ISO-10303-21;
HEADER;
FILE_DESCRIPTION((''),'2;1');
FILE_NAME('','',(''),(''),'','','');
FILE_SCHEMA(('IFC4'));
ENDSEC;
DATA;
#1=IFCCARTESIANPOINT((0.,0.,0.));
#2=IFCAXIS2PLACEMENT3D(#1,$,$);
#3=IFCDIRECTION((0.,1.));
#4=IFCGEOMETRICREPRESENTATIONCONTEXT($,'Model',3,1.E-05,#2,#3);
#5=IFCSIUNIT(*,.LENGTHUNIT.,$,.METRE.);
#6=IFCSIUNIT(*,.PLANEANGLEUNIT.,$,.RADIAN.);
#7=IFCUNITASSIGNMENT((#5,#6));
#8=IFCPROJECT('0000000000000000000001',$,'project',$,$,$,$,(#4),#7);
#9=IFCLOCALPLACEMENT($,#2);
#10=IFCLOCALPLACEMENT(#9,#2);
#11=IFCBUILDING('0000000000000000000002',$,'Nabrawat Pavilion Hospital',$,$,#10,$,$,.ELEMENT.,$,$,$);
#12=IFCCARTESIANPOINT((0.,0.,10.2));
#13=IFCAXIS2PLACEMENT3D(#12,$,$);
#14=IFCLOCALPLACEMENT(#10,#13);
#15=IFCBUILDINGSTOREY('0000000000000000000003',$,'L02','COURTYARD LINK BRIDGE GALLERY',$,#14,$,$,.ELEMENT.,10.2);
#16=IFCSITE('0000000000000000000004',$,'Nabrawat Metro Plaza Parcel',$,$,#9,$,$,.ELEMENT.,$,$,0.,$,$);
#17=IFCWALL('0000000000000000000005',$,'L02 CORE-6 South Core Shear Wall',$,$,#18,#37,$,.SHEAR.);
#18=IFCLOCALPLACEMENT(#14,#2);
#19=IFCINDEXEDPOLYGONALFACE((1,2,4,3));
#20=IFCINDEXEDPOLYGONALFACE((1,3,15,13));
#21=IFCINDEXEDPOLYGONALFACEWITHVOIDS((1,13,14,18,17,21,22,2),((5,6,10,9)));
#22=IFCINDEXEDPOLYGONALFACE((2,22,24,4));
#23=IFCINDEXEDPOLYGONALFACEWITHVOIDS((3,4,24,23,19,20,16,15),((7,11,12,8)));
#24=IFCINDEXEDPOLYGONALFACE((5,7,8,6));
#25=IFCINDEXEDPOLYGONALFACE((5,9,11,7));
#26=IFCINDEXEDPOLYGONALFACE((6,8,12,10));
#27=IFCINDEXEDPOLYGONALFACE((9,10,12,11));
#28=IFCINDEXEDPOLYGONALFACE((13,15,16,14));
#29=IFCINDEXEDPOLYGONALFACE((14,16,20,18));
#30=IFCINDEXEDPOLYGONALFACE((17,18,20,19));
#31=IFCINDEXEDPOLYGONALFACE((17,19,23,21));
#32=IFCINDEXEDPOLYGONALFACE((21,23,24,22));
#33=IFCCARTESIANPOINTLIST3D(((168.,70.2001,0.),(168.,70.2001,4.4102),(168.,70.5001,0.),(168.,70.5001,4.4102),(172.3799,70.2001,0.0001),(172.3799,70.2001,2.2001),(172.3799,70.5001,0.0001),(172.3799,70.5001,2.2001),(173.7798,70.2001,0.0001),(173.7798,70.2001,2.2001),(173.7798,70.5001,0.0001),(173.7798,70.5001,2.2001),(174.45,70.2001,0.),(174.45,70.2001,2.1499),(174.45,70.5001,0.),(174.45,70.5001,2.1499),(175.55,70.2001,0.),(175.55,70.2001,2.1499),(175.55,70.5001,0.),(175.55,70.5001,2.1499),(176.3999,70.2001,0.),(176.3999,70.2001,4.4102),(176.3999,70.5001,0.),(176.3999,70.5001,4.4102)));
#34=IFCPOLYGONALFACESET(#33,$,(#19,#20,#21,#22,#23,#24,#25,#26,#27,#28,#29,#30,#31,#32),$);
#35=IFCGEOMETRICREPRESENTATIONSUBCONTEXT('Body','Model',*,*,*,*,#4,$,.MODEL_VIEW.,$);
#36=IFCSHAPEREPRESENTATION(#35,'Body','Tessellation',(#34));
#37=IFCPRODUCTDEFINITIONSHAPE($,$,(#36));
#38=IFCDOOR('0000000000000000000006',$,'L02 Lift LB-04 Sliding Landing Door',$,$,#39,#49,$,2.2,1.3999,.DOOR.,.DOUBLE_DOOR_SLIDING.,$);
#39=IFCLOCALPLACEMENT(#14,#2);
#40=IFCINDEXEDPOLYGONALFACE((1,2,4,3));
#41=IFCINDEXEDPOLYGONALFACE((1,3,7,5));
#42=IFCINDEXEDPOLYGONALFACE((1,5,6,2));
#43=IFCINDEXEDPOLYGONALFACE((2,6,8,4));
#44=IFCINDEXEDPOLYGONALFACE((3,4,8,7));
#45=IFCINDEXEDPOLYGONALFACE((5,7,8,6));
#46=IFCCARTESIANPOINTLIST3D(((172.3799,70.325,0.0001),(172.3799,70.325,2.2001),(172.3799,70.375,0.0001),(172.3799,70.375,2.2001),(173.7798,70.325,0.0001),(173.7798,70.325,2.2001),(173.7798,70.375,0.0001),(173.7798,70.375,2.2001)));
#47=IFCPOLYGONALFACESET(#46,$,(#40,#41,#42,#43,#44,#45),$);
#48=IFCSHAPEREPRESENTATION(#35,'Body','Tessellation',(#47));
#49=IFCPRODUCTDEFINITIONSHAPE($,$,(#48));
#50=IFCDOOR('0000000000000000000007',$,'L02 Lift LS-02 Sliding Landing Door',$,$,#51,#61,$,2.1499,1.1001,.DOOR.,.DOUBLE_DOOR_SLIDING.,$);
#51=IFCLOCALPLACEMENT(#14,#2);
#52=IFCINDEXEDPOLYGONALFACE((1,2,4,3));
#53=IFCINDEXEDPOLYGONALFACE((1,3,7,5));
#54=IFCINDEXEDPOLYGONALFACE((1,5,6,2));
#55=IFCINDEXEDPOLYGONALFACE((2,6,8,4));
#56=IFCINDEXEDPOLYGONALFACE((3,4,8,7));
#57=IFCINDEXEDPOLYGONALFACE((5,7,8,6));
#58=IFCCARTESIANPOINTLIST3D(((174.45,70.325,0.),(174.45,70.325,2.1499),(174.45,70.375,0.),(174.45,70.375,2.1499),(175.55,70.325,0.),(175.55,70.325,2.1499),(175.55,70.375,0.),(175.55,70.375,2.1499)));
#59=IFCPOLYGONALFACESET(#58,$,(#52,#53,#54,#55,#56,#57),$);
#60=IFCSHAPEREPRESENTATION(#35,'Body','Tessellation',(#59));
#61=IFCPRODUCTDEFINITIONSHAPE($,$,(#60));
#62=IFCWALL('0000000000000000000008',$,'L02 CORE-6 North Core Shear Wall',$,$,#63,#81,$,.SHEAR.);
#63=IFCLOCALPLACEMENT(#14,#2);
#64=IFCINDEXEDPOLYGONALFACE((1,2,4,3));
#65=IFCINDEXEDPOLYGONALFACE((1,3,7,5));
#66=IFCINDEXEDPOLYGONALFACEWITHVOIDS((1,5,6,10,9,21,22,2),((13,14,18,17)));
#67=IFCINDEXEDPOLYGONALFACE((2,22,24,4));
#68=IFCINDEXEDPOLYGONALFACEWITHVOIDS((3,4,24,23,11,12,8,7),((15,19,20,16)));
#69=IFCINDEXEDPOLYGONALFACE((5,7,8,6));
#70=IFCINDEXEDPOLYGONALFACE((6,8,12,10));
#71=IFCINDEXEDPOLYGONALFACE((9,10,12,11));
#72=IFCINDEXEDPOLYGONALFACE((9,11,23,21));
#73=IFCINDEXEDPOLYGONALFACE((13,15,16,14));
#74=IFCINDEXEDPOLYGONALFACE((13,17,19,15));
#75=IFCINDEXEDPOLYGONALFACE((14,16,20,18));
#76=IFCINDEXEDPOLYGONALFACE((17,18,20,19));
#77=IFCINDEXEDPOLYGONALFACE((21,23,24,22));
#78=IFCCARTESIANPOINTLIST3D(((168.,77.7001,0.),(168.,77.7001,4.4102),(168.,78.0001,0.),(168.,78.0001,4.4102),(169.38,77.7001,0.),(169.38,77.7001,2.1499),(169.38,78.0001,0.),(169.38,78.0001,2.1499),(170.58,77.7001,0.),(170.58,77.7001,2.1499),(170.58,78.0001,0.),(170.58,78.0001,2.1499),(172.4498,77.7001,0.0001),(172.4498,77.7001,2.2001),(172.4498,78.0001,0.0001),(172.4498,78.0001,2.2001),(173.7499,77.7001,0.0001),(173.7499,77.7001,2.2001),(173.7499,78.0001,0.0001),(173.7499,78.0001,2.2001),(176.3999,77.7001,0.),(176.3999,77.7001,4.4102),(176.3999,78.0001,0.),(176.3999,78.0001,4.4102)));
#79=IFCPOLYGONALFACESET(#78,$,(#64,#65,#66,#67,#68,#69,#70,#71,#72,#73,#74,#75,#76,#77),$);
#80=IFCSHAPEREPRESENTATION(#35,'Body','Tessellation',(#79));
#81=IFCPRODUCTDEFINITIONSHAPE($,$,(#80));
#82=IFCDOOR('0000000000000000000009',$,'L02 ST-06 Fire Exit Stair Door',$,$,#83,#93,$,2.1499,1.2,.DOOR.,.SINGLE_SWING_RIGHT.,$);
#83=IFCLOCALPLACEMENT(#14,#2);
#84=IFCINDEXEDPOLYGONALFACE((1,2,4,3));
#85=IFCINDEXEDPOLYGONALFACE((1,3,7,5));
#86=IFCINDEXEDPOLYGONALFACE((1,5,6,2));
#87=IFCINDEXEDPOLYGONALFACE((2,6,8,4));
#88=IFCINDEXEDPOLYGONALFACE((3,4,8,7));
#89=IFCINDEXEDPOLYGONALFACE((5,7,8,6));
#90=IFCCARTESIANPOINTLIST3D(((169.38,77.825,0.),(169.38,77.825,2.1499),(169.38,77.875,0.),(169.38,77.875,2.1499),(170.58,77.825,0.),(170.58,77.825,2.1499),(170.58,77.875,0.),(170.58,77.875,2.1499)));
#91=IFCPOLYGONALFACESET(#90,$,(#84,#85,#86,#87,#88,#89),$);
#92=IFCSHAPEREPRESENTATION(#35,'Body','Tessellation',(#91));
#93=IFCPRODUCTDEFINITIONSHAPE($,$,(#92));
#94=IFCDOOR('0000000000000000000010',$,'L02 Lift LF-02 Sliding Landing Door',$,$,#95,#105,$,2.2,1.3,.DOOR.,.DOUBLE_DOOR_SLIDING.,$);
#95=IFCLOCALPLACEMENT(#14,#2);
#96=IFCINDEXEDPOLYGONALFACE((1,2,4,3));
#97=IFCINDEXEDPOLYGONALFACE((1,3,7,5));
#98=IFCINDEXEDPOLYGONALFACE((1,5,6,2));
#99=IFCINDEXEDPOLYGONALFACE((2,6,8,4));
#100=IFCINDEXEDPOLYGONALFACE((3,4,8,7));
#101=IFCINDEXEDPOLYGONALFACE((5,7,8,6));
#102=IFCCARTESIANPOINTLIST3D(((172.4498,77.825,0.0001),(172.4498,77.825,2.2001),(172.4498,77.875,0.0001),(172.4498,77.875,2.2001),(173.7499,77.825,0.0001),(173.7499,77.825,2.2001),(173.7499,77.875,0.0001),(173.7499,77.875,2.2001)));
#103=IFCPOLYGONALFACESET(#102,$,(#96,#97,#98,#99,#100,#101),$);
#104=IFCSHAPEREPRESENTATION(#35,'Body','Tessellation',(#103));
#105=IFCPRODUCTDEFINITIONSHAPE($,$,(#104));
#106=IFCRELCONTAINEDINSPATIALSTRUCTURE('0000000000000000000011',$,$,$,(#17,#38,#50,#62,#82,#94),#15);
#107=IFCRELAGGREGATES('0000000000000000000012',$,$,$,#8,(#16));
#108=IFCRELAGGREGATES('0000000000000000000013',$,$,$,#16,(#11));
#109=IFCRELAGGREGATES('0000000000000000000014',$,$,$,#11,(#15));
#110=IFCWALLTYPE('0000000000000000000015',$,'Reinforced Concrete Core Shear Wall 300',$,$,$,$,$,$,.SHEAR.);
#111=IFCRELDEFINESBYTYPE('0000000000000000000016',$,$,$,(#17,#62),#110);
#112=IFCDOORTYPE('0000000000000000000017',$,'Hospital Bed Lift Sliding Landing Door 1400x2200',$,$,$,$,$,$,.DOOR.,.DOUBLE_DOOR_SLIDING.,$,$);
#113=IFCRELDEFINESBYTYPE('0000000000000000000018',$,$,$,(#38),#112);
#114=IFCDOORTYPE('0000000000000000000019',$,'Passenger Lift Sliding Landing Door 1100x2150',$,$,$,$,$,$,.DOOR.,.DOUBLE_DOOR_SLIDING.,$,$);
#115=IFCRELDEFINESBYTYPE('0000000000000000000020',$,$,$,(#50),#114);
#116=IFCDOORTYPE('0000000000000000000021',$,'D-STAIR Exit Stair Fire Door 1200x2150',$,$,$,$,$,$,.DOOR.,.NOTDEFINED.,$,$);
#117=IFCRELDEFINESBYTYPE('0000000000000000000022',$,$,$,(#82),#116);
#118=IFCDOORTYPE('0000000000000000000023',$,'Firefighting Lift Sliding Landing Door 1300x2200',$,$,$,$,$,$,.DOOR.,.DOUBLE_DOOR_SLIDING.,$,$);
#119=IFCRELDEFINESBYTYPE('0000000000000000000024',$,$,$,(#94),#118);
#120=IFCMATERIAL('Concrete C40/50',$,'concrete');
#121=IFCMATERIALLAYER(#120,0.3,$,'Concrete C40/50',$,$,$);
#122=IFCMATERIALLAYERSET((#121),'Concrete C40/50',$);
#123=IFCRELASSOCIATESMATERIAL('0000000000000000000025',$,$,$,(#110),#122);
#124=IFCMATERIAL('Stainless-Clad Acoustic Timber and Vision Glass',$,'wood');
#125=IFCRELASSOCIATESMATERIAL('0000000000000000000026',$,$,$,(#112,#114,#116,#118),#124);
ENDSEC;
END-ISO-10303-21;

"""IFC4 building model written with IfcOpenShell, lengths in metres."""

from ifc_helpers import new_model, si_unit, direction, frame, frame_2d, origin, place, context, subcontext, project, spatial, rectangle, extrude, material, layer, layer_set, type_object, element, fill, save


model = new_model("IFC4")

# Units and contexts
model_context = context("Model", 3, precision=1e-05, world=origin(), true_north=direction((0.0, 1.0)))
body_context = subcontext(model_context, "Body", "Model", "MODEL_VIEW")
ifc_project = project(units=[si_unit("LENGTHUNIT", "METRE"), si_unit("PLANEANGLEUNIT", "RADIAN")], contexts=[model_context])

# Site, building, storey
site_placement = place(None, origin())
site = spatial("IfcSite", under=ifc_project, at=site_placement, Name="Nabrawat Metro Plaza Parcel", CompositionType="ELEMENT", RefElevation=0.0)
building_placement = place(site_placement, origin())
building = spatial("IfcBuilding", under=site, at=building_placement, Name="Nabrawat Pavilion Hospital", CompositionType="ELEMENT")
storey_placement = place(building_placement, frame((0.0, 0.0, 10.2)))
storey = spatial("IfcBuildingStorey", under=building, at=storey_placement, Name="L02", Description="COURTYARD LINK BRIDGE GALLERY", CompositionType="ELEMENT", Elevation=10.2)

# Shared definitions
ifc_material_1 = material(Name="Concrete C40/50", Category="concrete")

# Shared definitions
ifc_material_2 = material(Name="Stainless-Clad Acoustic Timber and Vision Glass", Category="wood")

# Walls, openings, doors
ifc_layer_1 = layer(ifc_material_1, 0.3, Name="Concrete C40/50")
ifc_layer_set_1 = layer_set([ifc_layer_1], Name="Concrete C40/50")
wall_type_1 = type_object("IfcWallType", Name="Reinforced Concrete Core Shear Wall 300", PredefinedType="SHEAR", material=ifc_layer_set_1)
wall_1_placement = place(storey_placement, frame((168.0, 70.3501, 0.0), z_axis=(0.0, 0.0, 1.0), x_axis=(1.0, 0.0, 0.0)))
wall_1 = element("IfcWall", 1, at=wall_1_placement, inside=storey, type_object=wall_type_1, Name="L02 CORE-6 South Core Shear Wall", PredefinedType="SHEAR", context=body_context, shape_type="SweptSolid", body=[
    extrude(rectangle(XDim=8.3999, YDim=0.3, at=frame_2d((4.2, 0.0))), origin(), (0.0, 0.0, 1.0), 4.4102),
])
opening_1_placement = place(wall_1_placement, frame((4.3799, 0.0, 0.0)))
opening_1 = element("IfcOpeningElement", 2, at=opening_1_placement, cuts=wall_1, PredefinedType="OPENING", context=body_context, shape_type="SweptSolid", body=[
    extrude(rectangle(XDim=1.3999, YDim=2.2, at=frame_2d((0.7, 1.1001))), frame((0.0, 0.1602, 0.0), z_axis=(0.0, -1.0, 0.0), x_axis=(1.0, 0.0, 0.0)), (0.0, 0.0, 1.0), 0.3201),
])
opening_2_placement = place(wall_1_placement, frame((6.45, 0.0, 0.0)))
opening_2 = element("IfcOpeningElement", 3, at=opening_2_placement, cuts=wall_1, PredefinedType="OPENING", context=body_context, shape_type="SweptSolid", body=[
    extrude(rectangle(XDim=1.1001, YDim=2.1499, at=frame_2d((0.55, 1.075))), frame((0.0, 0.1602, 0.0), z_axis=(0.0, -1.0, 0.0), x_axis=(1.0, 0.0, 0.0)), (0.0, 0.0, 1.0), 0.3201),
])
door_type_1 = type_object("IfcDoorType", Name="Hospital Bed Lift Sliding Landing Door 1400x2200", OperationType="DOUBLE_DOOR_SLIDING", PredefinedType="DOOR", material=ifc_material_2)
door_1_placement = place(opening_1_placement, origin())
door_1 = element("IfcDoor", 4, at=door_1_placement, inside=storey, type_object=door_type_1, Name="L02 Lift LB-04 Sliding Landing Door", OperationType="DOUBLE_DOOR_SLIDING", OverallHeight=2.2, OverallWidth=1.3999, PredefinedType="DOOR", context=body_context, shape_type="SweptSolid", body=[
    extrude(rectangle(XDim=1.3999, YDim=2.2, at=frame_2d((0.7, 1.1001))), frame((0.0, 0.0249, 0.0), z_axis=(0.0, -1.0, 0.0), x_axis=(1.0, 0.0, 0.0)), (0.0, 0.0, 1.0), 0.05),
])
fill(opening_1, door_1)
door_type_2 = type_object("IfcDoorType", Name="Passenger Lift Sliding Landing Door 1100x2150", OperationType="DOUBLE_DOOR_SLIDING", PredefinedType="DOOR", material=ifc_material_2)
door_2_placement = place(opening_2_placement, origin())
door_2 = element("IfcDoor", 5, at=door_2_placement, inside=storey, type_object=door_type_2, Name="L02 Lift LS-02 Sliding Landing Door", OperationType="DOUBLE_DOOR_SLIDING", OverallHeight=2.1499, OverallWidth=1.1001, PredefinedType="DOOR", context=body_context, shape_type="SweptSolid", body=[
    extrude(rectangle(XDim=1.1001, YDim=2.1499, at=frame_2d((0.55, 1.075))), frame((0.0, 0.0249, 0.0), z_axis=(0.0, -1.0, 0.0), x_axis=(1.0, 0.0, 0.0)), (0.0, 0.0, 1.0), 0.05),
])
fill(opening_2, door_2)
wall_2_placement = place(storey_placement, frame((168.0, 77.8501, 0.0), z_axis=(0.0, 0.0, 1.0), x_axis=(1.0, 0.0, 0.0)))
wall_2 = element("IfcWall", 6, at=wall_2_placement, inside=storey, type_object=wall_type_1, Name="L02 CORE-6 North Core Shear Wall", PredefinedType="SHEAR", context=body_context, shape_type="SweptSolid", body=[
    extrude(rectangle(XDim=8.3999, YDim=0.3, at=frame_2d((4.2, 0.0))), origin(), (0.0, 0.0, 1.0), 4.4102),
])
opening_3_placement = place(wall_2_placement, frame((1.3799, 0.0, 0.0)))
opening_3 = element("IfcOpeningElement", 7, at=opening_3_placement, cuts=wall_2, PredefinedType="OPENING", context=body_context, shape_type="SweptSolid", body=[
    extrude(rectangle(XDim=1.2, YDim=2.1499, at=frame_2d((0.6001, 1.075))), frame((0.0, 0.1602, 0.0), z_axis=(0.0, -1.0, 0.0), x_axis=(1.0, 0.0, 0.0)), (0.0, 0.0, 1.0), 0.3201),
])
opening_4_placement = place(wall_2_placement, frame((4.45, 0.0, 0.0)))
opening_4 = element("IfcOpeningElement", 8, at=opening_4_placement, cuts=wall_2, PredefinedType="OPENING", context=body_context, shape_type="SweptSolid", body=[
    extrude(rectangle(XDim=1.3, YDim=2.2, at=frame_2d((0.6499, 1.1001))), frame((0.0, 0.1602, 0.0), z_axis=(0.0, -1.0, 0.0), x_axis=(1.0, 0.0, 0.0)), (0.0, 0.0, 1.0), 0.3201),
])
door_type_3 = type_object("IfcDoorType", Name="D-STAIR Exit Stair Fire Door 1200x2150", OperationType="NOTDEFINED", PredefinedType="DOOR", material=ifc_material_2)
door_3_placement = place(opening_3_placement, origin())
door_3 = element("IfcDoor", 9, at=door_3_placement, inside=storey, type_object=door_type_3, Name="L02 ST-06 Fire Exit Stair Door", OperationType="SINGLE_SWING_RIGHT", OverallHeight=2.1499, OverallWidth=1.2, PredefinedType="DOOR", context=body_context, shape_type="SweptSolid", body=[
    extrude(rectangle(XDim=1.2, YDim=2.1499, at=frame_2d((0.6001, 1.075))), frame((0.0, 0.0249, 0.0), z_axis=(0.0, -1.0, 0.0), x_axis=(1.0, 0.0, 0.0)), (0.0, 0.0, 1.0), 0.05),
])
fill(opening_3, door_3)
door_type_4 = type_object("IfcDoorType", Name="Firefighting Lift Sliding Landing Door 1300x2200", OperationType="DOUBLE_DOOR_SLIDING", PredefinedType="DOOR", material=ifc_material_2)
door_4_placement = place(opening_4_placement, origin())
door_4 = element("IfcDoor", 10, at=door_4_placement, inside=storey, type_object=door_type_4, Name="L02 Lift LF-02 Sliding Landing Door", OperationType="DOUBLE_DOOR_SLIDING", OverallHeight=2.2, OverallWidth=1.3, PredefinedType="DOOR", context=body_context, shape_type="SweptSolid", body=[
    extrude(rectangle(XDim=1.3, YDim=2.2, at=frame_2d((0.6499, 1.1001))), frame((0.0, 0.0249, 0.0), z_axis=(0.0, -1.0, 0.0), x_axis=(1.0, 0.0, 0.0)), (0.0, 0.0, 1.0), 0.05),
])
fill(opening_4, door_4)

save(model, "model.ifc")
